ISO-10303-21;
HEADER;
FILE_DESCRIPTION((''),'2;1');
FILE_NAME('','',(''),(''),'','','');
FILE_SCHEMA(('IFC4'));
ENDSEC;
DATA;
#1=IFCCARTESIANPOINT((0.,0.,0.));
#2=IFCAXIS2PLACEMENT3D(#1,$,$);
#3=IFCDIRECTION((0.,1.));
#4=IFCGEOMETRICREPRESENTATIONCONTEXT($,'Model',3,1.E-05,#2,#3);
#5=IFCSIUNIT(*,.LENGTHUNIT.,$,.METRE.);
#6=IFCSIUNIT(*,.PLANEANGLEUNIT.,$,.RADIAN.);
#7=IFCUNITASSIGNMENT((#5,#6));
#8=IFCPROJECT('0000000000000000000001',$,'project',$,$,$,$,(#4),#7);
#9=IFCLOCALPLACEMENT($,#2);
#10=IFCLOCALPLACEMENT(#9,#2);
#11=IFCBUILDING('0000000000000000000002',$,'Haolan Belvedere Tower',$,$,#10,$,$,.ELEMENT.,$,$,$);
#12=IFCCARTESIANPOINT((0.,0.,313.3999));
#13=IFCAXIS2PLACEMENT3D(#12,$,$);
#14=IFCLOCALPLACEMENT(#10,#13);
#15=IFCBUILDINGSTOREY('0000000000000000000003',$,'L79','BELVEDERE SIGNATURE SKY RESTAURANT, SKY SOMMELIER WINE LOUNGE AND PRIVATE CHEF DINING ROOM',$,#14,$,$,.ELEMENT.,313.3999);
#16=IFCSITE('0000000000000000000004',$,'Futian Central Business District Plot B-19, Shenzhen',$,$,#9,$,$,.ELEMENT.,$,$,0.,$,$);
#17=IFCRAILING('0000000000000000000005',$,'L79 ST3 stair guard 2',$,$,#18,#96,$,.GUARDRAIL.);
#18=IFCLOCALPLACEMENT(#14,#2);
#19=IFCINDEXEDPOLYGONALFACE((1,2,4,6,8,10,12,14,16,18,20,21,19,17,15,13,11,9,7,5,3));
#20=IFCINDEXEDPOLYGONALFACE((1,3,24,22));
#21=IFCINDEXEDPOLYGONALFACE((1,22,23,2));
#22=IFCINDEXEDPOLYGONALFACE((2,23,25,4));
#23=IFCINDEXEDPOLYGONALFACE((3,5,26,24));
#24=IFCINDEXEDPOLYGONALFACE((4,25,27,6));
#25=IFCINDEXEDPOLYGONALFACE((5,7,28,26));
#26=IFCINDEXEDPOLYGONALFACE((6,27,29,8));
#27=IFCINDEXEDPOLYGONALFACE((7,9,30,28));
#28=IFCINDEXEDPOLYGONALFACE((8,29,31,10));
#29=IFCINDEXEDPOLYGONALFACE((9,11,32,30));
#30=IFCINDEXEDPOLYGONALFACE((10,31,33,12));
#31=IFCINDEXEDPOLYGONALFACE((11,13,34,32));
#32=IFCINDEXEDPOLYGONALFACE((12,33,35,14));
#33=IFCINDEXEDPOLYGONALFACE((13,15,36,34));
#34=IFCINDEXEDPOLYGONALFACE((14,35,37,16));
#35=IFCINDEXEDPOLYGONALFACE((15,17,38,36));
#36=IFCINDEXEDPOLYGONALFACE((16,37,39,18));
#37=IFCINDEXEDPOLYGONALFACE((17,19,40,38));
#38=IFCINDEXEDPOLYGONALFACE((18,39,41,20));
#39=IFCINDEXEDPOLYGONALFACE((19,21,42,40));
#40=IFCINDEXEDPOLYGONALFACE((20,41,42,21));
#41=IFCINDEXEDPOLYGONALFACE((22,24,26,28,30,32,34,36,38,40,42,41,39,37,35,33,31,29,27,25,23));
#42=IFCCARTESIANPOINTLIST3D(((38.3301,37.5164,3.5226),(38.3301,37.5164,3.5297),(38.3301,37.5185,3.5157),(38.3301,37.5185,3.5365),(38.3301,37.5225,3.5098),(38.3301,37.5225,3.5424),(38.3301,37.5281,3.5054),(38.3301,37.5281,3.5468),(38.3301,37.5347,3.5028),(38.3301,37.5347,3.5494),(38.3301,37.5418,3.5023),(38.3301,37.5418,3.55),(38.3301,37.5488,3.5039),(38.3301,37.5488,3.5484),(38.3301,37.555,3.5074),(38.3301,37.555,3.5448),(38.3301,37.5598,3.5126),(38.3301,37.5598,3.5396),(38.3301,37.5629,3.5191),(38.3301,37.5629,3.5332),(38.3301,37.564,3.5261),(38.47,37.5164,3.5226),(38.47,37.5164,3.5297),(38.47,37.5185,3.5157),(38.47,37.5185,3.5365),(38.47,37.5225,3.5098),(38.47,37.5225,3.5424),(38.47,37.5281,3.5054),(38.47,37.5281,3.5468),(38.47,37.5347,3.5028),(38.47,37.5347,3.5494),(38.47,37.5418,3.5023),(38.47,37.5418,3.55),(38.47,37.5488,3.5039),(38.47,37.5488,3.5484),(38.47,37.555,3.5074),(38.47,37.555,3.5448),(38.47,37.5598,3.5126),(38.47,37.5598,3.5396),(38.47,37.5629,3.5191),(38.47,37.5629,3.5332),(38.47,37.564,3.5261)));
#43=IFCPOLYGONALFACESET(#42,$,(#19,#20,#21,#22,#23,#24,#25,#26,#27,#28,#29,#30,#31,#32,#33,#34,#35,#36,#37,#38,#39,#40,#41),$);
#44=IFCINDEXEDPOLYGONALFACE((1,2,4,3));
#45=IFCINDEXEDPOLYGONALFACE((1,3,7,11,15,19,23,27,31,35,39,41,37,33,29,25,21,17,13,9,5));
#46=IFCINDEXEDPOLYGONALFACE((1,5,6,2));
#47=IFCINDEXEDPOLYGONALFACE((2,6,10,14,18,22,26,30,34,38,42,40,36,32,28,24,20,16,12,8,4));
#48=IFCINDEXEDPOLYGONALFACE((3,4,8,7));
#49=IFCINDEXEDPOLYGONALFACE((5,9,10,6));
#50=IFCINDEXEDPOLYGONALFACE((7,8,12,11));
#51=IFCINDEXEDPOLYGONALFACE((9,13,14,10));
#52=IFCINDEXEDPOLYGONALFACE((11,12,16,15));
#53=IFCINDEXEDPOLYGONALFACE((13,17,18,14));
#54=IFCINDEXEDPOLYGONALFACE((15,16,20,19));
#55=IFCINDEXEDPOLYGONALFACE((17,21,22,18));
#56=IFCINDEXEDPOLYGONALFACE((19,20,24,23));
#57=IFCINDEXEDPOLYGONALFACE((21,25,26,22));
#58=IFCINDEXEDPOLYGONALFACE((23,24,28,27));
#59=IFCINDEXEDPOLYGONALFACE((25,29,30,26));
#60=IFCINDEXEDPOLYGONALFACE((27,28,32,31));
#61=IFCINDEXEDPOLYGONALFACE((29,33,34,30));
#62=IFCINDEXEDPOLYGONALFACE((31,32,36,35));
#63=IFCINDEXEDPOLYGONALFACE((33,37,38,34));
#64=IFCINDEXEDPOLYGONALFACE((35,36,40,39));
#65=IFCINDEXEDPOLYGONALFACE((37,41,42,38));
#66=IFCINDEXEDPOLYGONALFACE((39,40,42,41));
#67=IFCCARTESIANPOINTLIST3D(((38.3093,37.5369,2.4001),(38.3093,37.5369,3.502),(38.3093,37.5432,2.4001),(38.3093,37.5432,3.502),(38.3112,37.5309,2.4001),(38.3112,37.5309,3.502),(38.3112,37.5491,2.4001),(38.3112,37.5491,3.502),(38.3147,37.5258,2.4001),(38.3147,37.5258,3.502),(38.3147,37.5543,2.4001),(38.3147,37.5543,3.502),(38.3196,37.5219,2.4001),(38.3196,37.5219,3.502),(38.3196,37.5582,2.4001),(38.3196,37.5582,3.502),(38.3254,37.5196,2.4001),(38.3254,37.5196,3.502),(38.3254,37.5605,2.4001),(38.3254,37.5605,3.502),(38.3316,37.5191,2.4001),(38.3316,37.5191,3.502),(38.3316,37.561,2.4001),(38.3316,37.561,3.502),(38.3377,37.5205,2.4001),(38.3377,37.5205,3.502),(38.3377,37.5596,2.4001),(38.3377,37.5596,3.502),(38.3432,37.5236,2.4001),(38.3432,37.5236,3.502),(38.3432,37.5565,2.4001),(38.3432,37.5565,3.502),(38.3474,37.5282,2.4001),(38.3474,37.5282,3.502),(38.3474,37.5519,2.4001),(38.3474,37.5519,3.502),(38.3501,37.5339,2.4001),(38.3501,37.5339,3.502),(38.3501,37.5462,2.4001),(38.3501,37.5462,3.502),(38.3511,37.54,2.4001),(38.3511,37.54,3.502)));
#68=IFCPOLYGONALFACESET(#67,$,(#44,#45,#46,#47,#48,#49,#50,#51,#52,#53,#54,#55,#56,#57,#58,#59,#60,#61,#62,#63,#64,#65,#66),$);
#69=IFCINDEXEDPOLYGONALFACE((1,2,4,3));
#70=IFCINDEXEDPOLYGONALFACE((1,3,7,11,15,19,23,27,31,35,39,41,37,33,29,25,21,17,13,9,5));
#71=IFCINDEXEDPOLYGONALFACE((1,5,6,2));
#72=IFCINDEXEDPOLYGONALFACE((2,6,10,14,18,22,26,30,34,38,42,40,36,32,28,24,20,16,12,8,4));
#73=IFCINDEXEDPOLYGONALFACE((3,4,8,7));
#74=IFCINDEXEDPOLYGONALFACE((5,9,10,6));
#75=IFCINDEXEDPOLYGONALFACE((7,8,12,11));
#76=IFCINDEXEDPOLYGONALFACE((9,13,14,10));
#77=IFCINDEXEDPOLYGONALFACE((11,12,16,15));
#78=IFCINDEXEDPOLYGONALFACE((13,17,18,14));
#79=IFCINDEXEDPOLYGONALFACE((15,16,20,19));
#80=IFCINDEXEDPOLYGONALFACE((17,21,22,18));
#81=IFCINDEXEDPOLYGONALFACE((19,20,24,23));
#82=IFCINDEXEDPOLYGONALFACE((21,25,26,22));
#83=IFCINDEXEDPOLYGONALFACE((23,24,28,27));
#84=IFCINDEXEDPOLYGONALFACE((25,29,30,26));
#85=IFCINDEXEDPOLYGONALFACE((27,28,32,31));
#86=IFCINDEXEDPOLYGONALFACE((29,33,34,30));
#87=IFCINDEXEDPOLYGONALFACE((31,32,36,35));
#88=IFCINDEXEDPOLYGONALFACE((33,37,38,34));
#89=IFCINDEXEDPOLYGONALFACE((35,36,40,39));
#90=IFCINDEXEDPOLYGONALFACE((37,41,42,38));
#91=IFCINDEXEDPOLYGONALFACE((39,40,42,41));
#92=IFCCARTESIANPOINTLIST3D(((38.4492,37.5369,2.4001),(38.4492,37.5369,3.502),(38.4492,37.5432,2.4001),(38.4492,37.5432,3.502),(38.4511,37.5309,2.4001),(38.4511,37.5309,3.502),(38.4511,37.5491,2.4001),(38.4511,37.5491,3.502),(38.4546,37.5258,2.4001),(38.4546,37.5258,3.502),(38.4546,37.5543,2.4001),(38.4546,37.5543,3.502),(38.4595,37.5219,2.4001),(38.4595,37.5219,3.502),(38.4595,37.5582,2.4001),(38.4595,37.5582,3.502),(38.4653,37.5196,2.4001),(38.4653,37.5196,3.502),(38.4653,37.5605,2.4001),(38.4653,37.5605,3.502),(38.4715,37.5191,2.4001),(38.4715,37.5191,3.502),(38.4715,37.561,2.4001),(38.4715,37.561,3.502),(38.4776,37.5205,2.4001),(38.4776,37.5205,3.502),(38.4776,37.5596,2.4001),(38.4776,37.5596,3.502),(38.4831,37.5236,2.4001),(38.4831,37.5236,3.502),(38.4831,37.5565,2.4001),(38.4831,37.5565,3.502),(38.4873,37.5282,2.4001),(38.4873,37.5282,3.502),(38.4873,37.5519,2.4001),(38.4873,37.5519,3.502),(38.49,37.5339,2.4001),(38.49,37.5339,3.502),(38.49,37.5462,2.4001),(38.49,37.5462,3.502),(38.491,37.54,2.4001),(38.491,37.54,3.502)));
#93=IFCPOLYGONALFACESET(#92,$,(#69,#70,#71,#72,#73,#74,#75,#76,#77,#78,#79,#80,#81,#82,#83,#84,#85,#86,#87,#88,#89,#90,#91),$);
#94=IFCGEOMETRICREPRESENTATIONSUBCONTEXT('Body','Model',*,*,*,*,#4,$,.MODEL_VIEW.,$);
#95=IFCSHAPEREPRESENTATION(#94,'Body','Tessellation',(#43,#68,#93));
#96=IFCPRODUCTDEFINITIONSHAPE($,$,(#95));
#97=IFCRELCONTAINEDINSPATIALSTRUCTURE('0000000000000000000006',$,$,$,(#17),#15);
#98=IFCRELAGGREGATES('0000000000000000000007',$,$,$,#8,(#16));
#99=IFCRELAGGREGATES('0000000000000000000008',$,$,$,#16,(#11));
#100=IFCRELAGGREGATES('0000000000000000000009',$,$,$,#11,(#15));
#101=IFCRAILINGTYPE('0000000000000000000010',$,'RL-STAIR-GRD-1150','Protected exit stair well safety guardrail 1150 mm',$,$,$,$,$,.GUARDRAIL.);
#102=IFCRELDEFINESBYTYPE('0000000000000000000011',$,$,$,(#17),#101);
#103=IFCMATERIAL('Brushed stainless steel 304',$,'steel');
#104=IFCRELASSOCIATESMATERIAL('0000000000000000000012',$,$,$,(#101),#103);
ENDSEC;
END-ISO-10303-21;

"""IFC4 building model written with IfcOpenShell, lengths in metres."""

from ifc_helpers import new_model, si_unit, direction, frame, origin, origin_2d, place, context, subcontext, project, spatial, circle, extrude, material, type_object, element, save


model = new_model("IFC4")

# Units and contexts
model_context = context("Model", 3, precision=1e-05, world=origin(), true_north=direction((0.0, 1.0)))
body_context = subcontext(model_context, "Body", "Model", "MODEL_VIEW")
ifc_project = project(units=[si_unit("LENGTHUNIT", "METRE"), si_unit("PLANEANGLEUNIT", "RADIAN")], contexts=[model_context])

# Site, building, storey
site_placement = place(None, origin())
site = spatial("IfcSite", under=ifc_project, at=site_placement, Name="Futian Central Business District Plot B-19, Shenzhen", CompositionType="ELEMENT", RefElevation=0.0)
building_placement = place(site_placement, origin())
building = spatial("IfcBuilding", under=site, at=building_placement, Name="Haolan Belvedere Tower", CompositionType="ELEMENT")
storey_placement = place(building_placement, frame((0.0, 0.0, 313.3999)))
storey = spatial("IfcBuildingStorey", under=building, at=storey_placement, Name="L79", Description="BELVEDERE SIGNATURE SKY RESTAURANT, SKY SOMMELIER WINE LOUNGE AND PRIVATE CHEF DINING ROOM", CompositionType="ELEMENT", Elevation=313.3999)

# Railing
ifc_material_1 = material(Name="Brushed stainless steel 304", Category="steel")
railing_type_1 = type_object("IfcRailingType", Name="RL-STAIR-GRD-1150", Description="Protected exit stair well safety guardrail 1150 mm", PredefinedType="GUARDRAIL", material=ifc_material_1)
railing_1_placement = place(storey_placement, frame((38.3301, 37.54, 2.4001)))
element("IfcRailing", 1, at=railing_1_placement, inside=storey, type_object=railing_type_1, Name="L79 ST3 stair guard 2", PredefinedType="GUARDRAIL", context=body_context, shape_type="SweptSolid", body=[
    extrude(circle(Radius=0.0239, at=origin_2d()), frame((0.0, 0.0, 1.126), z_axis=(1.0, 0.0, 0.0), x_axis=(0.0, 1.0, 0.0)), (0.0, 0.0, 1.0), 0.1399),
    extrude(circle(Radius=0.021, at=origin_2d()), origin(), (0.0, 0.0, 1.0), 1.1018),
    extrude(circle(Radius=0.021, at=origin_2d()), frame((0.1399, 0.0, 0.0)), (0.0, 0.0, 1.0), 1.1018),
])

save(model, "model.ifc")
